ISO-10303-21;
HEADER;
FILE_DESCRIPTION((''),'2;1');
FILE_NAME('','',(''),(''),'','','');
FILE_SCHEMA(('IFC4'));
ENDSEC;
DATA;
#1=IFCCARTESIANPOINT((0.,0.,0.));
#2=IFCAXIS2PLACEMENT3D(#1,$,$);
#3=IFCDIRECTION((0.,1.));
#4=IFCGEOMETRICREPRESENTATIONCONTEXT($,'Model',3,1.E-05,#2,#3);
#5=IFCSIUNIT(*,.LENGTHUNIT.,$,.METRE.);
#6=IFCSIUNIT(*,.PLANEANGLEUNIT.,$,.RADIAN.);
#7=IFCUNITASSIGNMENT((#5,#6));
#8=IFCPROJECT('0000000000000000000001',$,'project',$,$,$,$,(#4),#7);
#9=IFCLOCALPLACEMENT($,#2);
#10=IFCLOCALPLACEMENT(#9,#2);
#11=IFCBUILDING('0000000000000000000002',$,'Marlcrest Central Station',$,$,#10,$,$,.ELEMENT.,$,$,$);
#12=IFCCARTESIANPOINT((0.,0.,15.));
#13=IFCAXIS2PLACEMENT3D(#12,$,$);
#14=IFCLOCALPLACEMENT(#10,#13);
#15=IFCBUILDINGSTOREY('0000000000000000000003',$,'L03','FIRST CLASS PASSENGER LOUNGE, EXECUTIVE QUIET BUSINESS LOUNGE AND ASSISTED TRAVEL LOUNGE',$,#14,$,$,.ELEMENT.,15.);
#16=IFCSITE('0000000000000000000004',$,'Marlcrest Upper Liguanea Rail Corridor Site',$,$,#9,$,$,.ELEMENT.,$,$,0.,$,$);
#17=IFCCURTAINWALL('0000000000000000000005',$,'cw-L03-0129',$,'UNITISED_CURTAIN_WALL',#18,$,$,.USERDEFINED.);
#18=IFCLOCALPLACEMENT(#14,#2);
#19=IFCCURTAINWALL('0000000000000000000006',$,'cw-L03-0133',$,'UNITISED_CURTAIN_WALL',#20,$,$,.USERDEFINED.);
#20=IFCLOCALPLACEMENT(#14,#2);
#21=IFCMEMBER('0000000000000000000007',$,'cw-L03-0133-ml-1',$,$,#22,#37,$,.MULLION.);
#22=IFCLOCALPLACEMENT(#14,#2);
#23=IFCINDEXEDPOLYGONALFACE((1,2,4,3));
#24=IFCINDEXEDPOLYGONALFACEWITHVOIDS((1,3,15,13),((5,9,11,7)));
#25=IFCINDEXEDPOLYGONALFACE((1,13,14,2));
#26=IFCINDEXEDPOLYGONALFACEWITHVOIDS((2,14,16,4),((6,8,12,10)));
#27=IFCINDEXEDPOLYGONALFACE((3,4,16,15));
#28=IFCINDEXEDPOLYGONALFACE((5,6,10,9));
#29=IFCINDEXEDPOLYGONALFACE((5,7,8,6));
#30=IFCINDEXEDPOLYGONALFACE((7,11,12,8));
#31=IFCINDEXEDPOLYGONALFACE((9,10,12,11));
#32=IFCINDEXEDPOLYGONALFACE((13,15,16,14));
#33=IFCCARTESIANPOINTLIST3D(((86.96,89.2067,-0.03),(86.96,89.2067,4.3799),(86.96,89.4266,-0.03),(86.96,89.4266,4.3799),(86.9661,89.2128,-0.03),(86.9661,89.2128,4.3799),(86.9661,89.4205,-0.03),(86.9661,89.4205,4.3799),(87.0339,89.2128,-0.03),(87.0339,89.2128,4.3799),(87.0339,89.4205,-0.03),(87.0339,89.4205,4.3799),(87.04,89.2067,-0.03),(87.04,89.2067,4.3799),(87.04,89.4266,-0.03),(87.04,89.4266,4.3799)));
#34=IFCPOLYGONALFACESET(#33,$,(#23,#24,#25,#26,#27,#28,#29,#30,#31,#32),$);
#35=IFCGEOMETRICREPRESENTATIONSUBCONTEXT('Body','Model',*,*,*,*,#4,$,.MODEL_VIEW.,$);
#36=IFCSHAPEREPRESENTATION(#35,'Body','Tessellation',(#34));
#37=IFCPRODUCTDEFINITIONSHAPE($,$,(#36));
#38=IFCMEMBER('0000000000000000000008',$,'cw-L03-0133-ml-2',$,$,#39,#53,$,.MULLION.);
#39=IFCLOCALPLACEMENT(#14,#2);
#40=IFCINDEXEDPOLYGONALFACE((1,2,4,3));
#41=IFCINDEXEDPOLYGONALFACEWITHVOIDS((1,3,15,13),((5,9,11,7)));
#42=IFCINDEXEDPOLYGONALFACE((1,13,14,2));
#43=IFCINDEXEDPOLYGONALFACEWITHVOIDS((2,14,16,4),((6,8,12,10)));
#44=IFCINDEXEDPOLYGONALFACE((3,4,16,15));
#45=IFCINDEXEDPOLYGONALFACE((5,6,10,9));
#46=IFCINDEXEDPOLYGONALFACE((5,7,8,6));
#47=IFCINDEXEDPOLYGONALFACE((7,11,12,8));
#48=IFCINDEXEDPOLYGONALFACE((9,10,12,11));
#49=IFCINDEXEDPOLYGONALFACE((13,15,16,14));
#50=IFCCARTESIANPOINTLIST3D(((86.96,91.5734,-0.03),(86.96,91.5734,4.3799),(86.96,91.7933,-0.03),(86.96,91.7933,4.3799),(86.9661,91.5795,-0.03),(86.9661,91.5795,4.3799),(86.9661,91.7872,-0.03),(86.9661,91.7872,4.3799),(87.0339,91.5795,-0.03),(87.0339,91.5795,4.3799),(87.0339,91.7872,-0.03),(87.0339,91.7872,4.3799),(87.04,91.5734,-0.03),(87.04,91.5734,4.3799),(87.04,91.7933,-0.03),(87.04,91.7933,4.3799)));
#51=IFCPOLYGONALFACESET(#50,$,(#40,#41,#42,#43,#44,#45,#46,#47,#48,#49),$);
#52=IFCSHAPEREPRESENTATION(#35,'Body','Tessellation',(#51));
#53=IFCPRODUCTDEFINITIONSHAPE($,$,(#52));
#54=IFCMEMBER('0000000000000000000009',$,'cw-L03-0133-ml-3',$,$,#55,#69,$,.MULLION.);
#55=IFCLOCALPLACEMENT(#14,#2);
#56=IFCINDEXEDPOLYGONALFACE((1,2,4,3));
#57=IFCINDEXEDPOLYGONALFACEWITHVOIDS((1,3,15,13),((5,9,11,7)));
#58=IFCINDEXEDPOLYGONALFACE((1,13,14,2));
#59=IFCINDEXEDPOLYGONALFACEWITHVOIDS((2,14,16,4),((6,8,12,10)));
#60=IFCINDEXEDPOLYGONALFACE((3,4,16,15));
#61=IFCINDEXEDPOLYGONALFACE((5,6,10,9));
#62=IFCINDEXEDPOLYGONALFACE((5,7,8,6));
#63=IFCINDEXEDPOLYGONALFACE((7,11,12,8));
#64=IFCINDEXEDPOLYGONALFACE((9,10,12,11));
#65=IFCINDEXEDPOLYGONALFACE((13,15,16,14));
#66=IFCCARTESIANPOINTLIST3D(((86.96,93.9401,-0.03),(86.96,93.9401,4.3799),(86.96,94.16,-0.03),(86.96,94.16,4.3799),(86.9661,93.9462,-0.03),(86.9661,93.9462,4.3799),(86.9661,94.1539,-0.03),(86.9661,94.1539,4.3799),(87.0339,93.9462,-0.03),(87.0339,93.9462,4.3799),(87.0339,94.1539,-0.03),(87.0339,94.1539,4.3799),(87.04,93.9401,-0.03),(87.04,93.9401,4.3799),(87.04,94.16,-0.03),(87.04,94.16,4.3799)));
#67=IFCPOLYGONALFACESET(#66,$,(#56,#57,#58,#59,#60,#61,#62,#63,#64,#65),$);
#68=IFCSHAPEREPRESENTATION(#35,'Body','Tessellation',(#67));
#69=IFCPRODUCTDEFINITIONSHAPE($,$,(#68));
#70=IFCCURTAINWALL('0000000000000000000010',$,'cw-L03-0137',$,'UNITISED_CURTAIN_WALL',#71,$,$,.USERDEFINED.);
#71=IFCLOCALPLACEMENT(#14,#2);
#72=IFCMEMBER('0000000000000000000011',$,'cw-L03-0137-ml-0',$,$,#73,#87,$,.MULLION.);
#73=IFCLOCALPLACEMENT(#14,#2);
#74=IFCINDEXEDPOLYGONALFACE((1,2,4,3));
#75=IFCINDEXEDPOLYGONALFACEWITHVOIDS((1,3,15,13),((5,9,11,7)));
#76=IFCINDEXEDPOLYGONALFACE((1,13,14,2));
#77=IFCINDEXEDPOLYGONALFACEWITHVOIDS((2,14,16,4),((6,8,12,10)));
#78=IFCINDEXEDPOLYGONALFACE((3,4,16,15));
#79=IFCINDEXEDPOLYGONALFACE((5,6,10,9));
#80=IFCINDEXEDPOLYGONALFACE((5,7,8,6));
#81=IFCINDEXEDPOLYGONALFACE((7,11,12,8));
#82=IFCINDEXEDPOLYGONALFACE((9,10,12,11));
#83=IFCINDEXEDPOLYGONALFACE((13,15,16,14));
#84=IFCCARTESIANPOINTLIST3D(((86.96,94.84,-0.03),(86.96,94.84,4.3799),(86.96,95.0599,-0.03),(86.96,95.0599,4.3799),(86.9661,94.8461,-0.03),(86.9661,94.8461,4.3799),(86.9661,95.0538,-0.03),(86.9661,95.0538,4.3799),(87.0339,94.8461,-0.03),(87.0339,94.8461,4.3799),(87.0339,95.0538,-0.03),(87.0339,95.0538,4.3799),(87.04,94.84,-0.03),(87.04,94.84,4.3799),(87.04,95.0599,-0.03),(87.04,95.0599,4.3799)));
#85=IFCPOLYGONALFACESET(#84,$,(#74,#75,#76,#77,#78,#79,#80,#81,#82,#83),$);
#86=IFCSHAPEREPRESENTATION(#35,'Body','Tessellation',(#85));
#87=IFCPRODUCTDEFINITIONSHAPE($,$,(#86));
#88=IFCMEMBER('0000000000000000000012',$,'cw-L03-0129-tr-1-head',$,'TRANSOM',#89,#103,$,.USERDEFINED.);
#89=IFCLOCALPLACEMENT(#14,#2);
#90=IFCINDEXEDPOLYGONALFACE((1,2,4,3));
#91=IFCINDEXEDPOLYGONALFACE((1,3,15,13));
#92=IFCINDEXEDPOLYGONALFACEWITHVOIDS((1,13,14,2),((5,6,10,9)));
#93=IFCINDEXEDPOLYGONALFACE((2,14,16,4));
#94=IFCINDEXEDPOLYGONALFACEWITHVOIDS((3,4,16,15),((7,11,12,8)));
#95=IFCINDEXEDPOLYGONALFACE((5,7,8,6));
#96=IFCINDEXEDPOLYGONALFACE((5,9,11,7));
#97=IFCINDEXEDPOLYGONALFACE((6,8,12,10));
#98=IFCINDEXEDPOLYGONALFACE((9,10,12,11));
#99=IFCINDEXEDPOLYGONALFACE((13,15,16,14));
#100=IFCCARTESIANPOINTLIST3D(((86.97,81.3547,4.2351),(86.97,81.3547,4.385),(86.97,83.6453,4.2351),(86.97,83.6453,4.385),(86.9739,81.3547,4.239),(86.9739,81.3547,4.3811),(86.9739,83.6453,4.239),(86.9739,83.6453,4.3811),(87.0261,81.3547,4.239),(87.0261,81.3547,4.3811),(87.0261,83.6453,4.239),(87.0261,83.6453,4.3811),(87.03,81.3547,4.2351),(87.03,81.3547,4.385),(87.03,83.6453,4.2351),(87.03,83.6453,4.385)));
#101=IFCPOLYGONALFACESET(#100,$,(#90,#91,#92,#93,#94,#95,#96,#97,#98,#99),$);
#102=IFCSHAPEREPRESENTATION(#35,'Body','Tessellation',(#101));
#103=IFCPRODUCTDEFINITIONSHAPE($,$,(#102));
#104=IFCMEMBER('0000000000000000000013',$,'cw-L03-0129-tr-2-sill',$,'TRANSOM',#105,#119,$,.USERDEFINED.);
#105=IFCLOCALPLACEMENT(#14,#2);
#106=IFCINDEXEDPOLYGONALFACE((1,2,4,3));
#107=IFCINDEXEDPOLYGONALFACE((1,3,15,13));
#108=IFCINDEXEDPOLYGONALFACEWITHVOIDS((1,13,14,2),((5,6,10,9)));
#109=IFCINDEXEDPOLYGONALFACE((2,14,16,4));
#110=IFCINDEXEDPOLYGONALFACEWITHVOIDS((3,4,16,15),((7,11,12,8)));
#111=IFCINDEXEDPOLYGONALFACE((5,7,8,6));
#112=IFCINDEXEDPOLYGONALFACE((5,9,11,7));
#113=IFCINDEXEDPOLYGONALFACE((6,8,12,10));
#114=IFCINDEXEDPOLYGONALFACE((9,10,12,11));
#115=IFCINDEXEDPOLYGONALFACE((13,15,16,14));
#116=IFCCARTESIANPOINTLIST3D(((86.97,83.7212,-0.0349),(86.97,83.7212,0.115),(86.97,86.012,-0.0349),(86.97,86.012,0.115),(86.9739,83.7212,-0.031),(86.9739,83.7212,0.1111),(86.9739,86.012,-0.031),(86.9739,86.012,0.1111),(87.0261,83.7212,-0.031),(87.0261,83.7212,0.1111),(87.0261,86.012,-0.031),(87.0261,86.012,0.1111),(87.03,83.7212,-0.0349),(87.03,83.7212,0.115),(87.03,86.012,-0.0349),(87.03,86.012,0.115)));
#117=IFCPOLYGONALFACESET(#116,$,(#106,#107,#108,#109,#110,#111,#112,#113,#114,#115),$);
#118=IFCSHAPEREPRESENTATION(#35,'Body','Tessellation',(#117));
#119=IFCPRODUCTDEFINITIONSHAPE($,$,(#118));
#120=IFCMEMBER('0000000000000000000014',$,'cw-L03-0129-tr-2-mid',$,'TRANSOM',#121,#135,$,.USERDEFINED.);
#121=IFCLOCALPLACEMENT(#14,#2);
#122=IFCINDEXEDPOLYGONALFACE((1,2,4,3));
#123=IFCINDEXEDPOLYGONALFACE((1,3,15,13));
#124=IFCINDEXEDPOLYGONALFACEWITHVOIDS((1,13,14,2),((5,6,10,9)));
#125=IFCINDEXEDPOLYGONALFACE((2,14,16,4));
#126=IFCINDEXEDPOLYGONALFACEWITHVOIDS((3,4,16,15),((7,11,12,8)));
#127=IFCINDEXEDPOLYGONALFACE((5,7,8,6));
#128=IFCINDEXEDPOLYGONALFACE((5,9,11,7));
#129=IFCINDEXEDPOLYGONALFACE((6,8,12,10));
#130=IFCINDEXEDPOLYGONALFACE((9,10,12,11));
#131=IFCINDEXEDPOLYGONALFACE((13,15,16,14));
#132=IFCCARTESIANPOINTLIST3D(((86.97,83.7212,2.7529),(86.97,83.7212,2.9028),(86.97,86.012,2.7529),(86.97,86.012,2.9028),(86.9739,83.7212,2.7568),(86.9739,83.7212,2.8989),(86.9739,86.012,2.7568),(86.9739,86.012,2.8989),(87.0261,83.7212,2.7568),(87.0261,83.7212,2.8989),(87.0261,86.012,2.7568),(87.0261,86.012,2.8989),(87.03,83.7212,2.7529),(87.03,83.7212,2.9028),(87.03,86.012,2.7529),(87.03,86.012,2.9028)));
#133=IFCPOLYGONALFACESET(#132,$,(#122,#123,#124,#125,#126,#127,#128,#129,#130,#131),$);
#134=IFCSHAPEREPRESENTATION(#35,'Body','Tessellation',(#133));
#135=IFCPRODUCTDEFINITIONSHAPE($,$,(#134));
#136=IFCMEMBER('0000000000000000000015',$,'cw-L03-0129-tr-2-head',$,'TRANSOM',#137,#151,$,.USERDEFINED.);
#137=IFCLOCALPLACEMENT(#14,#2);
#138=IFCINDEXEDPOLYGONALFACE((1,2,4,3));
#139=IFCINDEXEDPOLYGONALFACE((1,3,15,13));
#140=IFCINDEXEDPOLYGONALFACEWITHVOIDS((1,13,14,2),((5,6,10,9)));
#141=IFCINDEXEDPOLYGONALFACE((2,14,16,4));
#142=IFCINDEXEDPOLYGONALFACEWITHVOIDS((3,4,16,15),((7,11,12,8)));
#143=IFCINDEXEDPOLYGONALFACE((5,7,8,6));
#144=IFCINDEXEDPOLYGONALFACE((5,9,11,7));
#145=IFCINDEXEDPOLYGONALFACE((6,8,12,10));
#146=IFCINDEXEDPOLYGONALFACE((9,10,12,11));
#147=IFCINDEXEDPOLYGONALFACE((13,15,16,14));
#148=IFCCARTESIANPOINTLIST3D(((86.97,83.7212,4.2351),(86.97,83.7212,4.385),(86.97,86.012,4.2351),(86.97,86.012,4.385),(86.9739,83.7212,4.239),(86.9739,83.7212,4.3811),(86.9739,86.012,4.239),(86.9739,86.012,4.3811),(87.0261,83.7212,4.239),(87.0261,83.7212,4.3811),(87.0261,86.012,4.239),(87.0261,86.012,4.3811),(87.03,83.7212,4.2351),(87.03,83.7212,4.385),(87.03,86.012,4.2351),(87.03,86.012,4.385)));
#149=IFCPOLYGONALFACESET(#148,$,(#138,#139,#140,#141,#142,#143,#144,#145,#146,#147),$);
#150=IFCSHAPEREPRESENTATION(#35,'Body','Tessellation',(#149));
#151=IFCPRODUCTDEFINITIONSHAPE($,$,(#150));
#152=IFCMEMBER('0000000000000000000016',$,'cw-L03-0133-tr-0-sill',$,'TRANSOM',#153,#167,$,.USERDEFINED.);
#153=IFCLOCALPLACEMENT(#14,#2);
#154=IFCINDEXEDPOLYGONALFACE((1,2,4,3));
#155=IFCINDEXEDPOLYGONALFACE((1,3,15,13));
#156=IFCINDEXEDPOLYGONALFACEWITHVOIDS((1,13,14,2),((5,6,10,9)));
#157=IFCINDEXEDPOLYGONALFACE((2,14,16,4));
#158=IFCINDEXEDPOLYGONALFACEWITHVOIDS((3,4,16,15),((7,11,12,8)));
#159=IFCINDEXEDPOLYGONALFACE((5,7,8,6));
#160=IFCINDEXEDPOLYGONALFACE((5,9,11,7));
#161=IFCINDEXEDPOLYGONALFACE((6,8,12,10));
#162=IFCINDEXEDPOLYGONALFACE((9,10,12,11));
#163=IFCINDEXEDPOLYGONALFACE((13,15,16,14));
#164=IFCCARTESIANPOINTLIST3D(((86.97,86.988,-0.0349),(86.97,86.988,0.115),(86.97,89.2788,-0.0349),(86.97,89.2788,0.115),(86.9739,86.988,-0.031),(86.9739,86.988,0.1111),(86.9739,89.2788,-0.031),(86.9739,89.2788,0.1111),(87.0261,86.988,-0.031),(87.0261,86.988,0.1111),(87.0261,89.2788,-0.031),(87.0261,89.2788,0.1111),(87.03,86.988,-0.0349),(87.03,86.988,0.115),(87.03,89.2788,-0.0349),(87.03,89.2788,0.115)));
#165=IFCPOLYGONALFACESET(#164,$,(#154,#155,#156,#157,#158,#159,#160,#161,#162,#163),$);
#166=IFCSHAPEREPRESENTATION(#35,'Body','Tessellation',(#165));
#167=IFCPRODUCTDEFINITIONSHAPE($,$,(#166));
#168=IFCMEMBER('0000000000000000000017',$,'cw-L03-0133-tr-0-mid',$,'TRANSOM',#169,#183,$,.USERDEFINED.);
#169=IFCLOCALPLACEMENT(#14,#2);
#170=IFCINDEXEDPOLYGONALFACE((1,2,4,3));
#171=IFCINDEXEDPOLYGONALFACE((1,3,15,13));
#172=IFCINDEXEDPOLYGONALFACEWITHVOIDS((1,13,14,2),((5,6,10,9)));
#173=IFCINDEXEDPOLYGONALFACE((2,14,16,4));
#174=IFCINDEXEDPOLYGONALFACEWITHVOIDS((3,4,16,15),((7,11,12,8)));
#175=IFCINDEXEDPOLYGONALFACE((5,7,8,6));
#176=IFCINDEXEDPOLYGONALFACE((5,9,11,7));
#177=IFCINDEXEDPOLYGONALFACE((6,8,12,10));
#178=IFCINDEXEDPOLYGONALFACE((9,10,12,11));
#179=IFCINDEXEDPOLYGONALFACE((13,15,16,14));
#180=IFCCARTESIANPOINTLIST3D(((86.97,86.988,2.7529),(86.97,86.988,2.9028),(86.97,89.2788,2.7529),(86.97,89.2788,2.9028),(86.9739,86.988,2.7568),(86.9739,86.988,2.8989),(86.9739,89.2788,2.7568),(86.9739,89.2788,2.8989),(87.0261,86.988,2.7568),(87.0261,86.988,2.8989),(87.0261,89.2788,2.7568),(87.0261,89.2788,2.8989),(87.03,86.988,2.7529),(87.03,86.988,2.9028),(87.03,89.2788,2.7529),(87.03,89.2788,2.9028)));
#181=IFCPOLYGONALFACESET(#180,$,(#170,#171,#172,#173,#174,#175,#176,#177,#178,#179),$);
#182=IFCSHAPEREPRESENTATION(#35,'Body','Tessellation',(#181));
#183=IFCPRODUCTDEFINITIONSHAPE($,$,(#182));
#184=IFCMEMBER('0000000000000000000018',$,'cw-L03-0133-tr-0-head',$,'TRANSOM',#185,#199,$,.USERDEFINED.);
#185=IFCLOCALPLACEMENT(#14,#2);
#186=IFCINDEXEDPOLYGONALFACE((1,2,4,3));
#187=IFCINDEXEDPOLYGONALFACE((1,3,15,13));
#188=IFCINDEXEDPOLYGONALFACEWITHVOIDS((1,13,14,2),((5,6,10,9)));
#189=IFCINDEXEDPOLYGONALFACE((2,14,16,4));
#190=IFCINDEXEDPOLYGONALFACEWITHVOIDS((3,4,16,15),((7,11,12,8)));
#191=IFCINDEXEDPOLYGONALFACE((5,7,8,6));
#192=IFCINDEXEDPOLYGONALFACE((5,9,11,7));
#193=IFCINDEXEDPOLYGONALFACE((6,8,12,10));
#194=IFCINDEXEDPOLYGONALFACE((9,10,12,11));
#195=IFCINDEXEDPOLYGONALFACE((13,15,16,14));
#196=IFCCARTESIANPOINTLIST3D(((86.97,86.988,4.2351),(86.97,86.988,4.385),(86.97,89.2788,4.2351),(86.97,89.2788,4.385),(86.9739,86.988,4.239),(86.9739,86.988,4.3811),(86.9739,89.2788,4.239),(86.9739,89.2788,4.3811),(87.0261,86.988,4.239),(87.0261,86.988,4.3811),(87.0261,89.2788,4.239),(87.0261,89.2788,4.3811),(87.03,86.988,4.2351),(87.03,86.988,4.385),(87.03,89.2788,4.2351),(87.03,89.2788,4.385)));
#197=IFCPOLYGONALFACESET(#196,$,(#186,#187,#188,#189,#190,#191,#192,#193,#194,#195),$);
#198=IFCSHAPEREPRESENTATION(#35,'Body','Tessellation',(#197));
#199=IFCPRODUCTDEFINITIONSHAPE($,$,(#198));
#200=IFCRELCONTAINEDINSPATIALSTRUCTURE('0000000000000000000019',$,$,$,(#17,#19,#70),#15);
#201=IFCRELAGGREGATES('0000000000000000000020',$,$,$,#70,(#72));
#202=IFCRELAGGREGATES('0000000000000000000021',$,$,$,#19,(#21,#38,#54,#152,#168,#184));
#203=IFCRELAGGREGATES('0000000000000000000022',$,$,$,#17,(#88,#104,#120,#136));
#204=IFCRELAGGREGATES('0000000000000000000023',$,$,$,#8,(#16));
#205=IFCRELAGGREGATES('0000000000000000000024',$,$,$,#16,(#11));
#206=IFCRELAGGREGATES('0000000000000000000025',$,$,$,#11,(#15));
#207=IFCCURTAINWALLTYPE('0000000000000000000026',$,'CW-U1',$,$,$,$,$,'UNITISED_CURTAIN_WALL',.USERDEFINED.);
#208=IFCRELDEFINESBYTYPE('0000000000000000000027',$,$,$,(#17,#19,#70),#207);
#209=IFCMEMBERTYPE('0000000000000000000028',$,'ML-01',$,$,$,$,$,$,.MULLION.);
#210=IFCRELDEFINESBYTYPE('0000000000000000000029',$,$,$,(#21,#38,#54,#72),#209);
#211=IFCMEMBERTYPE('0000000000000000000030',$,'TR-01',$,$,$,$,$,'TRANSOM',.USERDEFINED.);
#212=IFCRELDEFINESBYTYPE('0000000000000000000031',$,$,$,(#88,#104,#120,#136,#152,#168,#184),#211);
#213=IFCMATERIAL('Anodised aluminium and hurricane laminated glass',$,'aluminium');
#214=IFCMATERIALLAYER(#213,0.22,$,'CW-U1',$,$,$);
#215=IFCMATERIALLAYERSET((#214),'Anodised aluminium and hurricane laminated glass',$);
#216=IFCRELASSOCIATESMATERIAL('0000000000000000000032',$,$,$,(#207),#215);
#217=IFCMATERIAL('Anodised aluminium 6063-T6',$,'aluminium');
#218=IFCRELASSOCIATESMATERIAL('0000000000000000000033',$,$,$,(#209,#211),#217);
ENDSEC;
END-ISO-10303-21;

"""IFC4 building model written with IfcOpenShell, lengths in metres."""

from ifc_helpers import new_model, si_unit, direction, frame, origin, origin_2d, place, context, subcontext, project, spatial, hollow_rectangle, extrude, material, layer, layer_set, material_profile, profile_set, type_object, element, aggregate, save


model = new_model("IFC4")

# Units and contexts
model_context = context("Model", 3, precision=1e-05, world=origin(), true_north=direction((0.0, 1.0)))
body_context = subcontext(model_context, "Body", "Model", "MODEL_VIEW")
ifc_project = project(units=[si_unit("LENGTHUNIT", "METRE"), si_unit("PLANEANGLEUNIT", "RADIAN")], contexts=[model_context])

# Site, building, storey
site_placement = place(None, origin())
site = spatial("IfcSite", under=ifc_project, at=site_placement, Name="Marlcrest Upper Liguanea Rail Corridor Site", CompositionType="ELEMENT", RefElevation=0.0)
building_placement = place(site_placement, origin())
building = spatial("IfcBuilding", under=site, at=building_placement, Name="Marlcrest Central Station", CompositionType="ELEMENT")
storey_placement = place(building_placement, frame((0.0, 0.0, 15.0)))
storey = spatial("IfcBuildingStorey", under=building, at=storey_placement, Name="L03", Description="FIRST CLASS PASSENGER LOUNGE, EXECUTIVE QUIET BUSINESS LOUNGE AND ASSISTED TRAVEL LOUNGE", CompositionType="ELEMENT", Elevation=15.0)

# Curtain walls, members
ifc_material_1 = material(Name="Anodised aluminium and hurricane laminated glass", Category="aluminium")
ifc_layer_1 = layer(ifc_material_1, 0.22, Name="CW-U1")
ifc_layer_set_1 = layer_set([ifc_layer_1], Name="Anodised aluminium and hurricane laminated glass")
curtain_wall_type = type_object("IfcCurtainWallType", Name="CW-U1", ElementType="UNITISED_CURTAIN_WALL", PredefinedType="USERDEFINED", material=ifc_layer_set_1)
curtain_wall_1_placement = place(storey_placement, origin())
curtain_wall_1 = element("IfcCurtainWall", 1, at=curtain_wall_1_placement, inside=storey, type_object=curtain_wall_type, Name="cw-L03-0129", ObjectType="UNITISED_CURTAIN_WALL", PredefinedType="USERDEFINED")
ifc_material_2 = material(Name="Anodised aluminium 6063-T6", Category="aluminium")
ifc_material_profile_1 = material_profile(ifc_material_2, hollow_rectangle(XDim=0.0801, YDim=0.22, WallThickness=0.0061, at=origin_2d()), Name="AA-RHS 220x80x6")
ifc_profile_set_1 = profile_set([ifc_material_profile_1], Name="Anodised aluminium 6063-T6")
member_type_1 = type_object("IfcMemberType", Name="ML-01", PredefinedType="MULLION", material=ifc_profile_set_1)
curtain_wall_2_placement = place(storey_placement, origin())
curtain_wall_2 = element("IfcCurtainWall", 2, at=curtain_wall_2_placement, inside=storey, type_object=curtain_wall_type, Name="cw-L03-0133", ObjectType="UNITISED_CURTAIN_WALL", PredefinedType="USERDEFINED")
member_1_placement = place(storey_placement, frame((87.0, 89.3167, -0.03), z_axis=(0.0, 0.0, 1.0), x_axis=(1.0, 0.0, 0.0)))
member_1 = element("IfcMember", 3, at=member_1_placement, type_object=member_type_1, Name="cw-L03-0133-ml-1", PredefinedType="MULLION", context=body_context, shape_type="SweptSolid", body=[
    extrude(hollow_rectangle(XDim=0.0801, YDim=0.22, WallThickness=0.0061, at=origin_2d()), origin(), (0.0, 0.0, 1.0), 4.4099),
])
member_2_placement = place(storey_placement, frame((87.0, 91.6833, -0.03), z_axis=(0.0, 0.0, 1.0), x_axis=(1.0, 0.0, 0.0)))
member_2 = element("IfcMember", 4, at=member_2_placement, type_object=member_type_1, Name="cw-L03-0133-ml-2", PredefinedType="MULLION", context=body_context, shape_type="SweptSolid", body=[
    extrude(hollow_rectangle(XDim=0.0801, YDim=0.22, WallThickness=0.0061, at=origin_2d()), origin(), (0.0, 0.0, 1.0), 4.4099),
])
member_3_placement = place(storey_placement, frame((87.0, 94.05, -0.03), z_axis=(0.0, 0.0, 1.0), x_axis=(1.0, 0.0, 0.0)))
member_3 = element("IfcMember", 5, at=member_3_placement, type_object=member_type_1, Name="cw-L03-0133-ml-3", PredefinedType="MULLION", context=body_context, shape_type="SweptSolid", body=[
    extrude(hollow_rectangle(XDim=0.0801, YDim=0.22, WallThickness=0.0061, at=origin_2d()), origin(), (0.0, 0.0, 1.0), 4.4099),
])

# Curtain wall, member
curtain_wall_3_placement = place(storey_placement, origin())
curtain_wall_3 = element("IfcCurtainWall", 6, at=curtain_wall_3_placement, inside=storey, type_object=curtain_wall_type, Name="cw-L03-0137", ObjectType="UNITISED_CURTAIN_WALL", PredefinedType="USERDEFINED")
member_4_placement = place(storey_placement, frame((87.0, 94.95, -0.03), z_axis=(0.0, 0.0, 1.0), x_axis=(1.0, 0.0, 0.0)))
member_4 = element("IfcMember", 7, at=member_4_placement, type_object=member_type_1, Name="cw-L03-0137-ml-0", PredefinedType="MULLION", context=body_context, shape_type="SweptSolid", body=[
    extrude(hollow_rectangle(XDim=0.0801, YDim=0.22, WallThickness=0.0061, at=origin_2d()), origin(), (0.0, 0.0, 1.0), 4.4099),
])

# Members
ifc_material_profile_2 = material_profile(ifc_material_2, hollow_rectangle(XDim=0.0601, YDim=0.1499, WallThickness=0.0039, at=origin_2d()), Name="AA-RHS 150x60x4")
ifc_profile_set_2 = profile_set([ifc_material_profile_2], Name="Anodised aluminium 6063-T6")
member_type_2 = type_object("IfcMemberType", Name="TR-01", ElementType="TRANSOM", PredefinedType="USERDEFINED", material=ifc_profile_set_2)
member_5_placement = place(storey_placement, frame((87.0, 81.3547, 4.3101), z_axis=(0.0, 1.0, 0.0), x_axis=(-1.0, 0.0, 0.0)))
member_5 = element("IfcMember", 8, at=member_5_placement, type_object=member_type_2, Name="cw-L03-0129-tr-1-head", ObjectType="TRANSOM", PredefinedType="USERDEFINED", context=body_context, shape_type="SweptSolid", body=[
    extrude(hollow_rectangle(XDim=0.0601, YDim=0.1499, WallThickness=0.0039, at=origin_2d()), origin(), (0.0, 0.0, 1.0), 2.2905),
])
member_6_placement = place(storey_placement, frame((87.0, 83.7212, 0.04), z_axis=(0.0, 1.0, 0.0), x_axis=(-1.0, 0.0, 0.0)))
member_6 = element("IfcMember", 9, at=member_6_placement, type_object=member_type_2, Name="cw-L03-0129-tr-2-sill", ObjectType="TRANSOM", PredefinedType="USERDEFINED", context=body_context, shape_type="SweptSolid", body=[
    extrude(hollow_rectangle(XDim=0.0601, YDim=0.1499, WallThickness=0.0039, at=origin_2d()), origin(), (0.0, 0.0, 1.0), 2.2908),
])
member_7_placement = place(storey_placement, frame((87.0, 83.7212, 2.8279), z_axis=(0.0, 1.0, 0.0), x_axis=(-1.0, 0.0, 0.0)))
member_7 = element("IfcMember", 10, at=member_7_placement, type_object=member_type_2, Name="cw-L03-0129-tr-2-mid", ObjectType="TRANSOM", PredefinedType="USERDEFINED", context=body_context, shape_type="SweptSolid", body=[
    extrude(hollow_rectangle(XDim=0.0601, YDim=0.1499, WallThickness=0.0039, at=origin_2d()), origin(), (0.0, 0.0, 1.0), 2.2908),
])
member_8_placement = place(storey_placement, frame((87.0, 83.7212, 4.3101), z_axis=(0.0, 1.0, 0.0), x_axis=(-1.0, 0.0, 0.0)))
member_8 = element("IfcMember", 11, at=member_8_placement, type_object=member_type_2, Name="cw-L03-0129-tr-2-head", ObjectType="TRANSOM", PredefinedType="USERDEFINED", context=body_context, shape_type="SweptSolid", body=[
    extrude(hollow_rectangle(XDim=0.0601, YDim=0.1499, WallThickness=0.0039, at=origin_2d()), origin(), (0.0, 0.0, 1.0), 2.2908),
])
member_9_placement = place(storey_placement, frame((87.0, 86.988, 0.04), z_axis=(0.0, 1.0, 0.0), x_axis=(-1.0, 0.0, 0.0)))
member_9 = element("IfcMember", 12, at=member_9_placement, type_object=member_type_2, Name="cw-L03-0133-tr-0-sill", ObjectType="TRANSOM", PredefinedType="USERDEFINED", context=body_context, shape_type="SweptSolid", body=[
    extrude(hollow_rectangle(XDim=0.0601, YDim=0.1499, WallThickness=0.0039, at=origin_2d()), origin(), (0.0, 0.0, 1.0), 2.2908),
])
member_10_placement = place(storey_placement, frame((87.0, 86.988, 2.8279), z_axis=(0.0, 1.0, 0.0), x_axis=(-1.0, 0.0, 0.0)))
member_10 = element("IfcMember", 13, at=member_10_placement, type_object=member_type_2, Name="cw-L03-0133-tr-0-mid", ObjectType="TRANSOM", PredefinedType="USERDEFINED", context=body_context, shape_type="SweptSolid", body=[
    extrude(hollow_rectangle(XDim=0.0601, YDim=0.1499, WallThickness=0.0039, at=origin_2d()), origin(), (0.0, 0.0, 1.0), 2.2908),
])
member_11_placement = place(storey_placement, frame((87.0, 86.988, 4.3101), z_axis=(0.0, 1.0, 0.0), x_axis=(-1.0, 0.0, 0.0)))
member_11 = element("IfcMember", 14, at=member_11_placement, type_object=member_type_2, Name="cw-L03-0133-tr-0-head", ObjectType="TRANSOM", PredefinedType="USERDEFINED", context=body_context, shape_type="SweptSolid", body=[
    extrude(hollow_rectangle(XDim=0.0601, YDim=0.1499, WallThickness=0.0039, at=origin_2d()), origin(), (0.0, 0.0, 1.0), 2.2908),
])
aggregate(curtain_wall_3, [member_4])

aggregate(curtain_wall_2, [member_1, member_2, member_3, member_9, member_10, member_11])
aggregate(curtain_wall_1, [member_5, member_6, member_7, member_8])

save(model, "model.ifc")
